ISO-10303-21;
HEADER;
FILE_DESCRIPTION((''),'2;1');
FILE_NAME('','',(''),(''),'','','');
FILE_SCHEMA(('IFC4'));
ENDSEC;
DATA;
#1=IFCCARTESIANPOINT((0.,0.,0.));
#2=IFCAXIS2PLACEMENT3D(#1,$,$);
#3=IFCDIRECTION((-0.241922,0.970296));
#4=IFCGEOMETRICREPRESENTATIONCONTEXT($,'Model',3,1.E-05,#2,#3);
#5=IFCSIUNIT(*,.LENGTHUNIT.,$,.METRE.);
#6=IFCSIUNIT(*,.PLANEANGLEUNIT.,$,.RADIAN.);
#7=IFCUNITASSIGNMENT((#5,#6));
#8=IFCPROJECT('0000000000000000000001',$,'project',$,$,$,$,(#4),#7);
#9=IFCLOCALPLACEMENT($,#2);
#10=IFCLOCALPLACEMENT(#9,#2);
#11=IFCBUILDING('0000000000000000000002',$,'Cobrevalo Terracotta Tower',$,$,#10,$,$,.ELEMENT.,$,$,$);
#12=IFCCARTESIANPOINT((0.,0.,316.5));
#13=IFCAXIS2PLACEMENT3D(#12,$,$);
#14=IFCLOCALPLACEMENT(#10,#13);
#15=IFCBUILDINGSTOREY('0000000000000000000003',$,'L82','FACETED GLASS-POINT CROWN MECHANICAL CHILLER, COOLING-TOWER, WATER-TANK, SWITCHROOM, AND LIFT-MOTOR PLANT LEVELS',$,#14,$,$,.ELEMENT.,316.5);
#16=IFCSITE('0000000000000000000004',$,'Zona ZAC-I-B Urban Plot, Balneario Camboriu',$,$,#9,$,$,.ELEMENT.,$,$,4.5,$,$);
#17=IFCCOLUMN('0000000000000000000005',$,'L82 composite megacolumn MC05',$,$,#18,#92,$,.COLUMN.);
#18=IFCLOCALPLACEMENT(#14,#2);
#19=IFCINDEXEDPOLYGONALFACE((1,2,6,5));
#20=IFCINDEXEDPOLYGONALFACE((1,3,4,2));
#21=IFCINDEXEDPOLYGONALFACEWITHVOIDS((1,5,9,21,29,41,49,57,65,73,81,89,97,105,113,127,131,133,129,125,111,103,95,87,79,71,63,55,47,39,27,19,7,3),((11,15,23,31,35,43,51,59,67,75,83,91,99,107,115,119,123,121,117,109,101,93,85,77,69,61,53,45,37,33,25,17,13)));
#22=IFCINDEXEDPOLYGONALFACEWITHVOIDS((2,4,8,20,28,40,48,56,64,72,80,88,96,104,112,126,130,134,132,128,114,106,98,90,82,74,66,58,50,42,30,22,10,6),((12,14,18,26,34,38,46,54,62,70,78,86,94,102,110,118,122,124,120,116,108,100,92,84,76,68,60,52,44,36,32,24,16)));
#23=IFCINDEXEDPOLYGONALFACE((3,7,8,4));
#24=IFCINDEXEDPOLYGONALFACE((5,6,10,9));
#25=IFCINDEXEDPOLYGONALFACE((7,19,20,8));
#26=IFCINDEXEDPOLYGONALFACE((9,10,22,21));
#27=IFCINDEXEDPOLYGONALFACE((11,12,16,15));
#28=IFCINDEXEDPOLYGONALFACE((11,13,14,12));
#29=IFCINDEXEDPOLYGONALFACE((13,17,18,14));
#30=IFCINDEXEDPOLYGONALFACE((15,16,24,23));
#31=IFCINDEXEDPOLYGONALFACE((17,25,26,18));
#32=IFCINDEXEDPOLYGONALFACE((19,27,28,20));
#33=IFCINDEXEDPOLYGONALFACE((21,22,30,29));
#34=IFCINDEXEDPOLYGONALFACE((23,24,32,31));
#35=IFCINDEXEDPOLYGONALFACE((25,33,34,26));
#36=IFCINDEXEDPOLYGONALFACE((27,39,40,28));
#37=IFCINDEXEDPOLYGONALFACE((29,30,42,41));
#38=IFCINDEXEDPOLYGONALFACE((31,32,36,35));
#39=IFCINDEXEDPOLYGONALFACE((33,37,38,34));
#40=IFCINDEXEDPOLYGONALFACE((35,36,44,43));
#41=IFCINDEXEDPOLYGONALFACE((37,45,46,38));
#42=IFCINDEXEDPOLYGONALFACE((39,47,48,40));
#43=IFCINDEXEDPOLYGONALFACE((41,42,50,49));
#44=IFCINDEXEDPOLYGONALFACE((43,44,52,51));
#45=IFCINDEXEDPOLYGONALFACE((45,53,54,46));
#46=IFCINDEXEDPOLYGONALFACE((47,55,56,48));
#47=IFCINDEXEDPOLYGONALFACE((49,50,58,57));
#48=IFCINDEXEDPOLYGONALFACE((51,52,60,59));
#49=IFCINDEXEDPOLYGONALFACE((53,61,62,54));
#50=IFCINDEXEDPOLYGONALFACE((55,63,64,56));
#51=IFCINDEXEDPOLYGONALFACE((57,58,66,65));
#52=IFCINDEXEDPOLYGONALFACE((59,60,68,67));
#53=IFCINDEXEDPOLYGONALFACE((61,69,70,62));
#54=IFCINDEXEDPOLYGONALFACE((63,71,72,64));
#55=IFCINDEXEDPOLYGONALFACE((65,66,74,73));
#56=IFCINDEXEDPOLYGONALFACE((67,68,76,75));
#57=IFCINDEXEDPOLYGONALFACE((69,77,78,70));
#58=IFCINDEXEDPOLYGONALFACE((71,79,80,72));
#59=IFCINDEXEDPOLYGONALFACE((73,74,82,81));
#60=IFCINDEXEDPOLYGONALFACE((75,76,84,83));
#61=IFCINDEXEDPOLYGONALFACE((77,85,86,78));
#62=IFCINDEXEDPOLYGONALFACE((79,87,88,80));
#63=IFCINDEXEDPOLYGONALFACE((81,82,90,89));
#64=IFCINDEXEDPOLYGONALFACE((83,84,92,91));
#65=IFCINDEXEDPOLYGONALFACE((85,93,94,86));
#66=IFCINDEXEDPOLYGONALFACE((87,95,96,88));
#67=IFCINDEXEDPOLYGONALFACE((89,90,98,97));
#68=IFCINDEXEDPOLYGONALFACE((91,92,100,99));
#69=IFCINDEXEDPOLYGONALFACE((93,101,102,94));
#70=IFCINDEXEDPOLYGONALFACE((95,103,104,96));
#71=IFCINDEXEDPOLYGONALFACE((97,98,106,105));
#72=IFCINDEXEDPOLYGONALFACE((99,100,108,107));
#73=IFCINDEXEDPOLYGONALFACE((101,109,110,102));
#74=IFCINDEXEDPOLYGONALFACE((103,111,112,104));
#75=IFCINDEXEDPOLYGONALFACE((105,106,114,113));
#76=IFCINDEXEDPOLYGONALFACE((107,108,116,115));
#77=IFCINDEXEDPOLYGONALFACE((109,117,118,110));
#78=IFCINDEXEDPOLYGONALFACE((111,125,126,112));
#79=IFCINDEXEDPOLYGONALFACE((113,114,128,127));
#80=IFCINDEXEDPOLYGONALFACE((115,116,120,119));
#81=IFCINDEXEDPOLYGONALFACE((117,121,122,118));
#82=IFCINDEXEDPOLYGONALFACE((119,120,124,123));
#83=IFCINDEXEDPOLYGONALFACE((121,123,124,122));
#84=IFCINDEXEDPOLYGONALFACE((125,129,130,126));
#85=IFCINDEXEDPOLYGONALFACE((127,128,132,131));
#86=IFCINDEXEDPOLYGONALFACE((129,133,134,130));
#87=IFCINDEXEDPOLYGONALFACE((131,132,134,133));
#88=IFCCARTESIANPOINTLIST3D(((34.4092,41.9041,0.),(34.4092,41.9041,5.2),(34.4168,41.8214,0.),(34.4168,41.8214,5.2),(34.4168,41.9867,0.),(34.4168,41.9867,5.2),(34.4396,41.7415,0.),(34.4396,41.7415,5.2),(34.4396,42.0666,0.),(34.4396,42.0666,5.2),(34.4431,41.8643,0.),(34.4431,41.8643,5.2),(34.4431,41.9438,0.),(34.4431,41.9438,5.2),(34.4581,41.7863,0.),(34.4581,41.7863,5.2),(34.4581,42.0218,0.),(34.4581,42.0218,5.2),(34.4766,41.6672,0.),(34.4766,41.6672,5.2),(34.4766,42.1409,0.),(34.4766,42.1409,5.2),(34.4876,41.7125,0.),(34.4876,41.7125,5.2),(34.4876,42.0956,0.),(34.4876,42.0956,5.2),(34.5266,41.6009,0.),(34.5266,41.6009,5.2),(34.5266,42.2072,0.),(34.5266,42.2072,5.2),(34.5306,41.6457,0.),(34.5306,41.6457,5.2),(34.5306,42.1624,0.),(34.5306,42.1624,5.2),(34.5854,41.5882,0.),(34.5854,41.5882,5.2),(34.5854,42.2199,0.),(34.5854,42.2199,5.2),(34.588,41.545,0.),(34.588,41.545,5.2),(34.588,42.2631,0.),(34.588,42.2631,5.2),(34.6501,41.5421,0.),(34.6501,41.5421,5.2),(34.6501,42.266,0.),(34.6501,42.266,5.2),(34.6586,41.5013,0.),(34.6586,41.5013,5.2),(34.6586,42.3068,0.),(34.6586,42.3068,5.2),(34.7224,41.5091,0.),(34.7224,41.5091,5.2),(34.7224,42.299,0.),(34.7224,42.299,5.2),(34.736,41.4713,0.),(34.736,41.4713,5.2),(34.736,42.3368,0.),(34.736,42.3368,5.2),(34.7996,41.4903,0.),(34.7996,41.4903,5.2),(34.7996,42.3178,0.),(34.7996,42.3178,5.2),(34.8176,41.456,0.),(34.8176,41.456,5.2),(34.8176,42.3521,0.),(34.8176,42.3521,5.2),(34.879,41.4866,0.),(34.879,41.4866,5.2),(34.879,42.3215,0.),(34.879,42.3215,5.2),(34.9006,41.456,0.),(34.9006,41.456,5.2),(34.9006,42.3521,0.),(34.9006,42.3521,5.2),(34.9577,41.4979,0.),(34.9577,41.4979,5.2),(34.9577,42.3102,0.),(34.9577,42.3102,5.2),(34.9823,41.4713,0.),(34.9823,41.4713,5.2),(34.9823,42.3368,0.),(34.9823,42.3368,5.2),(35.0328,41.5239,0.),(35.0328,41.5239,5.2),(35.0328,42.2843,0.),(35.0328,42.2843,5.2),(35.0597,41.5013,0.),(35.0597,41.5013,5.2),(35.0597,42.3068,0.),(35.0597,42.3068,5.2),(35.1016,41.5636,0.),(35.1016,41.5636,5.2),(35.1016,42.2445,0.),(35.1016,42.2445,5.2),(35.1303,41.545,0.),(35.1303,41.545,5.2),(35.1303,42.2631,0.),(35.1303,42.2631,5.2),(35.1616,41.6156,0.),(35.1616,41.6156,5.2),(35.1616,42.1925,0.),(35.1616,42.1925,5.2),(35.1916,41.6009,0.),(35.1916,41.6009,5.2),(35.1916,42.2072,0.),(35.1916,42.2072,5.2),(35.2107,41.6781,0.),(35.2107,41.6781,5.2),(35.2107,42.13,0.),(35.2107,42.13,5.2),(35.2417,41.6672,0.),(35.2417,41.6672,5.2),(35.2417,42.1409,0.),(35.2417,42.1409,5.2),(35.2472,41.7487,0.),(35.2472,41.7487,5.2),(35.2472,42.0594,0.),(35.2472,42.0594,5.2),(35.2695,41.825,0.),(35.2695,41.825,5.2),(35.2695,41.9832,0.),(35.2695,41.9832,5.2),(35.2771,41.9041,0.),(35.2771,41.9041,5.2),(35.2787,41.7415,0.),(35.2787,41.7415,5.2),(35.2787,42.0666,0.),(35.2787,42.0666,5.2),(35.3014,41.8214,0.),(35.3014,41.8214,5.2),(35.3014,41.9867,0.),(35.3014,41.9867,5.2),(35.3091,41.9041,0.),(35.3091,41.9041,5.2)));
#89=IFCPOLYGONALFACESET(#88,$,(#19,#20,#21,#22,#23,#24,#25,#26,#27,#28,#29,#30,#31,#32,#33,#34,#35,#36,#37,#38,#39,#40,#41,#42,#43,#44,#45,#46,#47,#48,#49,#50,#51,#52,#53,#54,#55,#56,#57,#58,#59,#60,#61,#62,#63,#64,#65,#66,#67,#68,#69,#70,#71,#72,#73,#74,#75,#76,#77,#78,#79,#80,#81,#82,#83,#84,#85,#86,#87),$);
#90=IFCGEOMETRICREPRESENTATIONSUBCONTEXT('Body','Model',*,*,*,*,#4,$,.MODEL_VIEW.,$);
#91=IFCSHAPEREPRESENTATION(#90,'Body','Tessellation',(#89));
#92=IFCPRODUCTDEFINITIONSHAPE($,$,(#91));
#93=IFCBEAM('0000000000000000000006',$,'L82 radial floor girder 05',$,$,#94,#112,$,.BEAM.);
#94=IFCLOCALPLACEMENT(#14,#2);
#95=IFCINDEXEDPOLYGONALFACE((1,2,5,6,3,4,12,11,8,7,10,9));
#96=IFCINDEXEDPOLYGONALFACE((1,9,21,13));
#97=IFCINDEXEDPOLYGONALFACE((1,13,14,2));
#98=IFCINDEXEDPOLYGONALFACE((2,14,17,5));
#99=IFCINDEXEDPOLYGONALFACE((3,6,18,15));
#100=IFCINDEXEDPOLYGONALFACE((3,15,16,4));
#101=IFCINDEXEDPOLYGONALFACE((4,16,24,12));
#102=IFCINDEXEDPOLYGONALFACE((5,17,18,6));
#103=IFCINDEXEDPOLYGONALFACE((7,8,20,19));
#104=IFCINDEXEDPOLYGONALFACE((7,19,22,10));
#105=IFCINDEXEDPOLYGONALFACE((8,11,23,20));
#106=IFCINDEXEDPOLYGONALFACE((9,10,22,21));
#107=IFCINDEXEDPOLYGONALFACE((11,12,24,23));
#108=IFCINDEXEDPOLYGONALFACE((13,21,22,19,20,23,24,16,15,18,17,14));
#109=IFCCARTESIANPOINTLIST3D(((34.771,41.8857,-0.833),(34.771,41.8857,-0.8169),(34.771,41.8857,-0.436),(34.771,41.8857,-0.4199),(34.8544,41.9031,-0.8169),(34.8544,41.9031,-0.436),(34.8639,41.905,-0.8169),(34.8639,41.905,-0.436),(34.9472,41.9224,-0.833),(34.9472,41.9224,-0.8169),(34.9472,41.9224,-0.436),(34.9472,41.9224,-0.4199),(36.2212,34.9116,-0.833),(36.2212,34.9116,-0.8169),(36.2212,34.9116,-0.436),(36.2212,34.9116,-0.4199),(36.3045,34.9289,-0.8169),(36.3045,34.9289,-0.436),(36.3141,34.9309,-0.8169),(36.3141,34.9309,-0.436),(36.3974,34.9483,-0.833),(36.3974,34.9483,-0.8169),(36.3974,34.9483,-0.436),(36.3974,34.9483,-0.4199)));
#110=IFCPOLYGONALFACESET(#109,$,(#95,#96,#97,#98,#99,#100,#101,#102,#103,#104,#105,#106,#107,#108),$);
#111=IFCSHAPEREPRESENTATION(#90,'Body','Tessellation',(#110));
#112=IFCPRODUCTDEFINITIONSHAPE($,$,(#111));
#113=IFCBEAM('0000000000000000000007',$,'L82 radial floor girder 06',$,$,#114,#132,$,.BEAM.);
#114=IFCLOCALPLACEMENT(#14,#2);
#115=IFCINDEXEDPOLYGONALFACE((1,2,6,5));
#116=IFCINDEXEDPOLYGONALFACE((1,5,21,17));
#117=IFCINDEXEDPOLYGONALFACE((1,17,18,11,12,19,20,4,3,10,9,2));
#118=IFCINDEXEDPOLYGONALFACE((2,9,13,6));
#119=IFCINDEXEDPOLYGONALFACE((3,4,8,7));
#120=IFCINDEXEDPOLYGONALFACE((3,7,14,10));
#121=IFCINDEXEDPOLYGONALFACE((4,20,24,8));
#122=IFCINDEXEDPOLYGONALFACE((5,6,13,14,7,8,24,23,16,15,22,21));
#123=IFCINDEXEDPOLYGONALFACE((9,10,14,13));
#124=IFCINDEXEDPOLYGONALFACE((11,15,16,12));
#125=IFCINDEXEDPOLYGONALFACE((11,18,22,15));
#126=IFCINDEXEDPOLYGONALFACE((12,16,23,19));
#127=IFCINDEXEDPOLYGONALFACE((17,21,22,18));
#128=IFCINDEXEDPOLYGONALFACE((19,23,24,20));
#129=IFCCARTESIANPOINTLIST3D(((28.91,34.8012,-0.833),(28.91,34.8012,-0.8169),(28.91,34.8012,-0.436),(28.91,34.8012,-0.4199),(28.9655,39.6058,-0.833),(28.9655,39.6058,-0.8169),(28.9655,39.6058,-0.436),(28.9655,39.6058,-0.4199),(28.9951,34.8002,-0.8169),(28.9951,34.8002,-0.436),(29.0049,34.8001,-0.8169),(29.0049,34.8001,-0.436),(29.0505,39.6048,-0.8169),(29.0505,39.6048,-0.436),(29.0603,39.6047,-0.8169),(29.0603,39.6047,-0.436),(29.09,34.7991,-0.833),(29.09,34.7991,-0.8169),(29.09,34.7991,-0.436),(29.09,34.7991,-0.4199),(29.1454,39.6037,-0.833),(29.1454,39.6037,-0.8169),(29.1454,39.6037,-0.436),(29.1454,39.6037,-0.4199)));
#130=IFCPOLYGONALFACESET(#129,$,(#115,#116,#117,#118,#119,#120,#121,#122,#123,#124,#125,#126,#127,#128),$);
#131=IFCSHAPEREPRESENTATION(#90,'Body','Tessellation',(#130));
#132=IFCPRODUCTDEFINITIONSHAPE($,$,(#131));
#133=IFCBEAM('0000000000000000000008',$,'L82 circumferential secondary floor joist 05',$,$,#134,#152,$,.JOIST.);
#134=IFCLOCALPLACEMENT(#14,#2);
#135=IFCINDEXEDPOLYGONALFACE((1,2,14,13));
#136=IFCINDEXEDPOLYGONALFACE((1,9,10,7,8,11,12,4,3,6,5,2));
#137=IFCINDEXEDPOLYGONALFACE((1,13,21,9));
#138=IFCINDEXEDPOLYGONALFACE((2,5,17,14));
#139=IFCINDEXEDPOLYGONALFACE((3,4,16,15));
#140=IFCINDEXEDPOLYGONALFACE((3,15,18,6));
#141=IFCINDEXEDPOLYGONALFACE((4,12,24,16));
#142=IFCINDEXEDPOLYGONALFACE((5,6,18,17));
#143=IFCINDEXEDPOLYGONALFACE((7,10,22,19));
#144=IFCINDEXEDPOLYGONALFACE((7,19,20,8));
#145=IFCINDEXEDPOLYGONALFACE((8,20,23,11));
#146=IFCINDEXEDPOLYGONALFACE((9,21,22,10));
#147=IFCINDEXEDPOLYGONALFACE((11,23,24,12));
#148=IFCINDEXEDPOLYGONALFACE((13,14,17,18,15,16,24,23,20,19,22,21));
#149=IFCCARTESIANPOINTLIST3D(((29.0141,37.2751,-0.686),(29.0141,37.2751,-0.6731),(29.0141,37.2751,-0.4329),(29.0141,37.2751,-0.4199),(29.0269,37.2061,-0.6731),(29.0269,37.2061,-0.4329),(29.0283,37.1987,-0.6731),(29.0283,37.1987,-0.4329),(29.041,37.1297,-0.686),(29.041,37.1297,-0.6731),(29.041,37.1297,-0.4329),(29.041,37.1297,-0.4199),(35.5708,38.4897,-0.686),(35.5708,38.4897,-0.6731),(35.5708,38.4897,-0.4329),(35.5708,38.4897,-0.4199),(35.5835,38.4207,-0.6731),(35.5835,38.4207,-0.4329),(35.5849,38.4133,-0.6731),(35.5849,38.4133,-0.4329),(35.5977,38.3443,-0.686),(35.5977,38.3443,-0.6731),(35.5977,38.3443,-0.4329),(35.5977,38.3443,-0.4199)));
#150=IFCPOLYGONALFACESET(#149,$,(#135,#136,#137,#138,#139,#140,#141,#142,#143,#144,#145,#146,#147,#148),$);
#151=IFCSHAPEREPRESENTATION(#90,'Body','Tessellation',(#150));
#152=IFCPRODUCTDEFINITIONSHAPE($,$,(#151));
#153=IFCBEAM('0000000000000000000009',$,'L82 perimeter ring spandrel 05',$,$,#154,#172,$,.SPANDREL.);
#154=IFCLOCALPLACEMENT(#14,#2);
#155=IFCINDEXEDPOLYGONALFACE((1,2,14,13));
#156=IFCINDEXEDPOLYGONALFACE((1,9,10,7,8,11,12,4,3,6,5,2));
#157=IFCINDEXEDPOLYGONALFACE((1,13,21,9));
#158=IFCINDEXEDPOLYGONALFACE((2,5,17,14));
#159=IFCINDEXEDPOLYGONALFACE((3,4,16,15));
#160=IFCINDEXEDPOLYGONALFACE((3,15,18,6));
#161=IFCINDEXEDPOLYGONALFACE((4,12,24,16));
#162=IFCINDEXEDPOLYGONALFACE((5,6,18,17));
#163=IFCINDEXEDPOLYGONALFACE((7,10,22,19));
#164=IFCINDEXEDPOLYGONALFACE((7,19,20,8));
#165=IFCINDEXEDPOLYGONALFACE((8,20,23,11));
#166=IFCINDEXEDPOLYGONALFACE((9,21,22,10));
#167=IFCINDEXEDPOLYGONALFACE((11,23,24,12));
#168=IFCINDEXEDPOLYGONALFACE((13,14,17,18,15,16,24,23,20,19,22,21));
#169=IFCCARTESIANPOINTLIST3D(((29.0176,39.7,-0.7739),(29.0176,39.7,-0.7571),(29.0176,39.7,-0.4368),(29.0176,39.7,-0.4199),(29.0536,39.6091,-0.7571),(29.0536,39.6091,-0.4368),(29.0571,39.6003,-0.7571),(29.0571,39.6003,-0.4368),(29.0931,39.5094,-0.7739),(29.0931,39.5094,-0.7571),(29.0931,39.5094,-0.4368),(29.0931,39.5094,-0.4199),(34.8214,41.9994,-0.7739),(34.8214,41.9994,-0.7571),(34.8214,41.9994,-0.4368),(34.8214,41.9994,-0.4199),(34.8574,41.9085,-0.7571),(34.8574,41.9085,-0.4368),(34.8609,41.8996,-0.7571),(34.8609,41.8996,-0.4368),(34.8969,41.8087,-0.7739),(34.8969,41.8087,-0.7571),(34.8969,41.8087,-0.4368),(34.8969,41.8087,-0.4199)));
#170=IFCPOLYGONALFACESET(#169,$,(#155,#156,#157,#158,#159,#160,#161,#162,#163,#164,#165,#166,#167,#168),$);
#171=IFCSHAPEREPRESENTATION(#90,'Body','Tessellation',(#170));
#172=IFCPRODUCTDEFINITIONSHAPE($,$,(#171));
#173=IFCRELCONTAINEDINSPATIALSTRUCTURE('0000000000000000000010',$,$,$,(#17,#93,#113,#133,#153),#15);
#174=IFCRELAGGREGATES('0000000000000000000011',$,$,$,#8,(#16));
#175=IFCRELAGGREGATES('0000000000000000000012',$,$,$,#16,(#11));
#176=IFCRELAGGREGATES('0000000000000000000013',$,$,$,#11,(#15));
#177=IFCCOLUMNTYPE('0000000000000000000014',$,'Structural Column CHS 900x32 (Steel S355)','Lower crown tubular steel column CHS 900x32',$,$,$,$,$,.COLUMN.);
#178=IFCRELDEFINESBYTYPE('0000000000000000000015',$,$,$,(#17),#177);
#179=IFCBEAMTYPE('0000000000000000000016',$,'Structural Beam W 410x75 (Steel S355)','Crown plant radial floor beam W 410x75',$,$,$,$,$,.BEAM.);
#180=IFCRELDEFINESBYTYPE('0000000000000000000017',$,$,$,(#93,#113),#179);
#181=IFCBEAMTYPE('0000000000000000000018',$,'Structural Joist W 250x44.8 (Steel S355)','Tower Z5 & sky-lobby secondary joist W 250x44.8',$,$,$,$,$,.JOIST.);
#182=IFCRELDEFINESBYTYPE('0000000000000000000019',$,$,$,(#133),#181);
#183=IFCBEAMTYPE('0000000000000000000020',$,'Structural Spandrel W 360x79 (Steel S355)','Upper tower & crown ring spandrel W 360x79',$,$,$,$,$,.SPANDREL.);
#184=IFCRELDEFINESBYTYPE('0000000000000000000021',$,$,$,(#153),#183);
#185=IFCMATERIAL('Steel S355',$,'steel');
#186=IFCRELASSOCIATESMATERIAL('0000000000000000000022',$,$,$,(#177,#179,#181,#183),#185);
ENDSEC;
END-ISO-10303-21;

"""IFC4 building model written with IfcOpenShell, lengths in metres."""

from ifc_helpers import new_model, si_unit, direction, frame, origin, origin_2d, place, context, subcontext, project, spatial, hollow_circle, i_section, extrude, material, material_profile, profile_set, type_object, element, save


model = new_model("IFC4")

# Units and contexts
model_context = context("Model", 3, precision=1e-05, world=origin(), true_north=direction((-0.241922, 0.970296)))
body_context = subcontext(model_context, "Body", "Model", "MODEL_VIEW")
ifc_project = project(units=[si_unit("LENGTHUNIT", "METRE"), si_unit("PLANEANGLEUNIT", "RADIAN")], contexts=[model_context])

# Site, building, storey
site_placement = place(None, origin())
site = spatial("IfcSite", under=ifc_project, at=site_placement, Name="Zona ZAC-I-B Urban Plot, Balneario Camboriu", CompositionType="ELEMENT", RefElevation=4.5)
building_placement = place(site_placement, origin())
building = spatial("IfcBuilding", under=site, at=building_placement, Name="Cobrevalo Terracotta Tower", CompositionType="ELEMENT")
storey_placement = place(building_placement, frame((0.0, 0.0, 316.5)))
storey = spatial("IfcBuildingStorey", under=building, at=storey_placement, Name="L82", Description="FACETED GLASS-POINT CROWN MECHANICAL CHILLER, COOLING-TOWER, WATER-TANK, SWITCHROOM, AND LIFT-MOTOR PLANT LEVELS", CompositionType="ELEMENT", Elevation=316.5)

# Column
ifc_material_1 = material(Name="Steel S355", Category="steel")
ifc_material_profile_1 = material_profile(ifc_material_1, hollow_circle(Radius=0.45, WallThickness=0.032, at=origin_2d()), Name="CHS 900x32")
ifc_profile_set_1 = profile_set([ifc_material_profile_1], Name="Steel S355")
column_type = type_object("IfcColumnType", Name="Structural Column CHS 900x32 (Steel S355)", Description="Lower crown tubular steel column CHS 900x32", PredefinedType="COLUMN", material=ifc_profile_set_1)
column_placement = place(storey_placement, frame((34.8591, 41.9041, 0.0), z_axis=(0.0, 0.0, 1.0), x_axis=(1.0, 0.0, 0.0)))
element("IfcColumn", 1, at=column_placement, inside=storey, type_object=column_type, Name="L82 composite megacolumn MC05", PredefinedType="COLUMN", context=body_context, shape_type="SweptSolid", body=[
    extrude(hollow_circle(Radius=0.45, WallThickness=0.032, at=origin_2d()), origin(), (0.0, 0.0, 1.0), 5.2),
])

# Beams
ifc_material_profile_2 = material_profile(ifc_material_1, i_section(OverallWidth=0.1799, OverallDepth=0.4131, WebThickness=0.0098, FlangeThickness=0.0161, at=origin_2d()), Name="W 410x75")
ifc_profile_set_2 = profile_set([ifc_material_profile_2], Name="Steel S355")
beam_type_1 = type_object("IfcBeamType", Name="Structural Beam W 410x75 (Steel S355)", Description="Crown plant radial floor beam W 410x75", PredefinedType="BEAM", material=ifc_profile_set_2)
beam_1_placement = place(storey_placement, frame((34.8591, 41.9041, -0.6265), z_axis=(0.203585, -0.979057, 0.0), x_axis=(0.979057, 0.203585, 0.0)))
element("IfcBeam", 2, at=beam_1_placement, inside=storey, type_object=beam_type_1, Name="L82 radial floor girder 05", PredefinedType="BEAM", context=body_context, shape_type="SweptSolid", body=[
    extrude(i_section(OverallWidth=0.1799, OverallDepth=0.4131, WebThickness=0.0098, FlangeThickness=0.0161, at=origin_2d()), origin(), (0.0, 0.0, 1.0), 7.1233),
])
beam_2_placement = place(storey_placement, frame((29.0554, 39.6047, -0.6265), z_axis=(-0.011534, -0.999933, 0.0), x_axis=(0.999933, -0.011534, 0.0)))
element("IfcBeam", 3, at=beam_2_placement, inside=storey, type_object=beam_type_1, Name="L82 radial floor girder 06", PredefinedType="BEAM", context=body_context, shape_type="SweptSolid", body=[
    extrude(i_section(OverallWidth=0.1799, OverallDepth=0.4131, WebThickness=0.0098, FlangeThickness=0.0161, at=origin_2d()), origin(), (0.0, 0.0, 1.0), 4.8049),
])
ifc_material_profile_3 = material_profile(ifc_material_1, i_section(OverallWidth=0.1479, OverallDepth=0.2661, WebThickness=0.0076, FlangeThickness=0.0129, at=origin_2d()), Name="W 250x44.8")
ifc_profile_set_3 = profile_set([ifc_material_profile_3], Name="Steel S355")
beam_type_2 = type_object("IfcBeamType", Name="Structural Joist W 250x44.8 (Steel S355)", Description="Tower Z5 & sky-lobby secondary joist W 250x44.8", PredefinedType="JOIST", material=ifc_profile_set_3)
beam_3_placement = place(storey_placement, frame((35.5842, 38.417, -0.553), z_axis=(-0.983271, -0.182148, 0.0), x_axis=(0.182148, -0.983271, 0.0)))
element("IfcBeam", 4, at=beam_3_placement, inside=storey, type_object=beam_type_2, Name="L82 circumferential secondary floor joist 05", PredefinedType="JOIST", context=body_context, shape_type="SweptSolid", body=[
    extrude(i_section(OverallWidth=0.1479, OverallDepth=0.2661, WebThickness=0.0076, FlangeThickness=0.0129, at=origin_2d()), origin(), (0.0, 0.0, 1.0), 6.6682),
])
ifc_material_profile_4 = material_profile(ifc_material_1, i_section(OverallWidth=0.2051, OverallDepth=0.354, WebThickness=0.0095, FlangeThickness=0.0168, at=origin_2d()), Name="W 360x79")
ifc_profile_set_4 = profile_set([ifc_material_profile_4], Name="Steel S355")
beam_type_3 = type_object("IfcBeamType", Name="Structural Spandrel W 360x79 (Steel S355)", Description="Upper tower & crown ring spandrel W 360x79", PredefinedType="SPANDREL", material=ifc_profile_set_4)
beam_4_placement = place(storey_placement, frame((34.8591, 41.9041, -0.5969), z_axis=(-0.929696, -0.368327, 0.0), x_axis=(0.368327, -0.929696, 0.0)))
element("IfcBeam", 5, at=beam_4_placement, inside=storey, type_object=beam_type_3, Name="L82 perimeter ring spandrel 05", PredefinedType="SPANDREL", context=body_context, shape_type="SweptSolid", body=[
    extrude(i_section(OverallWidth=0.2051, OverallDepth=0.354, WebThickness=0.0095, FlangeThickness=0.0168, at=origin_2d()), origin(), (0.0, 0.0, 1.0), 6.2427),
])

save(model, "model.ifc")
